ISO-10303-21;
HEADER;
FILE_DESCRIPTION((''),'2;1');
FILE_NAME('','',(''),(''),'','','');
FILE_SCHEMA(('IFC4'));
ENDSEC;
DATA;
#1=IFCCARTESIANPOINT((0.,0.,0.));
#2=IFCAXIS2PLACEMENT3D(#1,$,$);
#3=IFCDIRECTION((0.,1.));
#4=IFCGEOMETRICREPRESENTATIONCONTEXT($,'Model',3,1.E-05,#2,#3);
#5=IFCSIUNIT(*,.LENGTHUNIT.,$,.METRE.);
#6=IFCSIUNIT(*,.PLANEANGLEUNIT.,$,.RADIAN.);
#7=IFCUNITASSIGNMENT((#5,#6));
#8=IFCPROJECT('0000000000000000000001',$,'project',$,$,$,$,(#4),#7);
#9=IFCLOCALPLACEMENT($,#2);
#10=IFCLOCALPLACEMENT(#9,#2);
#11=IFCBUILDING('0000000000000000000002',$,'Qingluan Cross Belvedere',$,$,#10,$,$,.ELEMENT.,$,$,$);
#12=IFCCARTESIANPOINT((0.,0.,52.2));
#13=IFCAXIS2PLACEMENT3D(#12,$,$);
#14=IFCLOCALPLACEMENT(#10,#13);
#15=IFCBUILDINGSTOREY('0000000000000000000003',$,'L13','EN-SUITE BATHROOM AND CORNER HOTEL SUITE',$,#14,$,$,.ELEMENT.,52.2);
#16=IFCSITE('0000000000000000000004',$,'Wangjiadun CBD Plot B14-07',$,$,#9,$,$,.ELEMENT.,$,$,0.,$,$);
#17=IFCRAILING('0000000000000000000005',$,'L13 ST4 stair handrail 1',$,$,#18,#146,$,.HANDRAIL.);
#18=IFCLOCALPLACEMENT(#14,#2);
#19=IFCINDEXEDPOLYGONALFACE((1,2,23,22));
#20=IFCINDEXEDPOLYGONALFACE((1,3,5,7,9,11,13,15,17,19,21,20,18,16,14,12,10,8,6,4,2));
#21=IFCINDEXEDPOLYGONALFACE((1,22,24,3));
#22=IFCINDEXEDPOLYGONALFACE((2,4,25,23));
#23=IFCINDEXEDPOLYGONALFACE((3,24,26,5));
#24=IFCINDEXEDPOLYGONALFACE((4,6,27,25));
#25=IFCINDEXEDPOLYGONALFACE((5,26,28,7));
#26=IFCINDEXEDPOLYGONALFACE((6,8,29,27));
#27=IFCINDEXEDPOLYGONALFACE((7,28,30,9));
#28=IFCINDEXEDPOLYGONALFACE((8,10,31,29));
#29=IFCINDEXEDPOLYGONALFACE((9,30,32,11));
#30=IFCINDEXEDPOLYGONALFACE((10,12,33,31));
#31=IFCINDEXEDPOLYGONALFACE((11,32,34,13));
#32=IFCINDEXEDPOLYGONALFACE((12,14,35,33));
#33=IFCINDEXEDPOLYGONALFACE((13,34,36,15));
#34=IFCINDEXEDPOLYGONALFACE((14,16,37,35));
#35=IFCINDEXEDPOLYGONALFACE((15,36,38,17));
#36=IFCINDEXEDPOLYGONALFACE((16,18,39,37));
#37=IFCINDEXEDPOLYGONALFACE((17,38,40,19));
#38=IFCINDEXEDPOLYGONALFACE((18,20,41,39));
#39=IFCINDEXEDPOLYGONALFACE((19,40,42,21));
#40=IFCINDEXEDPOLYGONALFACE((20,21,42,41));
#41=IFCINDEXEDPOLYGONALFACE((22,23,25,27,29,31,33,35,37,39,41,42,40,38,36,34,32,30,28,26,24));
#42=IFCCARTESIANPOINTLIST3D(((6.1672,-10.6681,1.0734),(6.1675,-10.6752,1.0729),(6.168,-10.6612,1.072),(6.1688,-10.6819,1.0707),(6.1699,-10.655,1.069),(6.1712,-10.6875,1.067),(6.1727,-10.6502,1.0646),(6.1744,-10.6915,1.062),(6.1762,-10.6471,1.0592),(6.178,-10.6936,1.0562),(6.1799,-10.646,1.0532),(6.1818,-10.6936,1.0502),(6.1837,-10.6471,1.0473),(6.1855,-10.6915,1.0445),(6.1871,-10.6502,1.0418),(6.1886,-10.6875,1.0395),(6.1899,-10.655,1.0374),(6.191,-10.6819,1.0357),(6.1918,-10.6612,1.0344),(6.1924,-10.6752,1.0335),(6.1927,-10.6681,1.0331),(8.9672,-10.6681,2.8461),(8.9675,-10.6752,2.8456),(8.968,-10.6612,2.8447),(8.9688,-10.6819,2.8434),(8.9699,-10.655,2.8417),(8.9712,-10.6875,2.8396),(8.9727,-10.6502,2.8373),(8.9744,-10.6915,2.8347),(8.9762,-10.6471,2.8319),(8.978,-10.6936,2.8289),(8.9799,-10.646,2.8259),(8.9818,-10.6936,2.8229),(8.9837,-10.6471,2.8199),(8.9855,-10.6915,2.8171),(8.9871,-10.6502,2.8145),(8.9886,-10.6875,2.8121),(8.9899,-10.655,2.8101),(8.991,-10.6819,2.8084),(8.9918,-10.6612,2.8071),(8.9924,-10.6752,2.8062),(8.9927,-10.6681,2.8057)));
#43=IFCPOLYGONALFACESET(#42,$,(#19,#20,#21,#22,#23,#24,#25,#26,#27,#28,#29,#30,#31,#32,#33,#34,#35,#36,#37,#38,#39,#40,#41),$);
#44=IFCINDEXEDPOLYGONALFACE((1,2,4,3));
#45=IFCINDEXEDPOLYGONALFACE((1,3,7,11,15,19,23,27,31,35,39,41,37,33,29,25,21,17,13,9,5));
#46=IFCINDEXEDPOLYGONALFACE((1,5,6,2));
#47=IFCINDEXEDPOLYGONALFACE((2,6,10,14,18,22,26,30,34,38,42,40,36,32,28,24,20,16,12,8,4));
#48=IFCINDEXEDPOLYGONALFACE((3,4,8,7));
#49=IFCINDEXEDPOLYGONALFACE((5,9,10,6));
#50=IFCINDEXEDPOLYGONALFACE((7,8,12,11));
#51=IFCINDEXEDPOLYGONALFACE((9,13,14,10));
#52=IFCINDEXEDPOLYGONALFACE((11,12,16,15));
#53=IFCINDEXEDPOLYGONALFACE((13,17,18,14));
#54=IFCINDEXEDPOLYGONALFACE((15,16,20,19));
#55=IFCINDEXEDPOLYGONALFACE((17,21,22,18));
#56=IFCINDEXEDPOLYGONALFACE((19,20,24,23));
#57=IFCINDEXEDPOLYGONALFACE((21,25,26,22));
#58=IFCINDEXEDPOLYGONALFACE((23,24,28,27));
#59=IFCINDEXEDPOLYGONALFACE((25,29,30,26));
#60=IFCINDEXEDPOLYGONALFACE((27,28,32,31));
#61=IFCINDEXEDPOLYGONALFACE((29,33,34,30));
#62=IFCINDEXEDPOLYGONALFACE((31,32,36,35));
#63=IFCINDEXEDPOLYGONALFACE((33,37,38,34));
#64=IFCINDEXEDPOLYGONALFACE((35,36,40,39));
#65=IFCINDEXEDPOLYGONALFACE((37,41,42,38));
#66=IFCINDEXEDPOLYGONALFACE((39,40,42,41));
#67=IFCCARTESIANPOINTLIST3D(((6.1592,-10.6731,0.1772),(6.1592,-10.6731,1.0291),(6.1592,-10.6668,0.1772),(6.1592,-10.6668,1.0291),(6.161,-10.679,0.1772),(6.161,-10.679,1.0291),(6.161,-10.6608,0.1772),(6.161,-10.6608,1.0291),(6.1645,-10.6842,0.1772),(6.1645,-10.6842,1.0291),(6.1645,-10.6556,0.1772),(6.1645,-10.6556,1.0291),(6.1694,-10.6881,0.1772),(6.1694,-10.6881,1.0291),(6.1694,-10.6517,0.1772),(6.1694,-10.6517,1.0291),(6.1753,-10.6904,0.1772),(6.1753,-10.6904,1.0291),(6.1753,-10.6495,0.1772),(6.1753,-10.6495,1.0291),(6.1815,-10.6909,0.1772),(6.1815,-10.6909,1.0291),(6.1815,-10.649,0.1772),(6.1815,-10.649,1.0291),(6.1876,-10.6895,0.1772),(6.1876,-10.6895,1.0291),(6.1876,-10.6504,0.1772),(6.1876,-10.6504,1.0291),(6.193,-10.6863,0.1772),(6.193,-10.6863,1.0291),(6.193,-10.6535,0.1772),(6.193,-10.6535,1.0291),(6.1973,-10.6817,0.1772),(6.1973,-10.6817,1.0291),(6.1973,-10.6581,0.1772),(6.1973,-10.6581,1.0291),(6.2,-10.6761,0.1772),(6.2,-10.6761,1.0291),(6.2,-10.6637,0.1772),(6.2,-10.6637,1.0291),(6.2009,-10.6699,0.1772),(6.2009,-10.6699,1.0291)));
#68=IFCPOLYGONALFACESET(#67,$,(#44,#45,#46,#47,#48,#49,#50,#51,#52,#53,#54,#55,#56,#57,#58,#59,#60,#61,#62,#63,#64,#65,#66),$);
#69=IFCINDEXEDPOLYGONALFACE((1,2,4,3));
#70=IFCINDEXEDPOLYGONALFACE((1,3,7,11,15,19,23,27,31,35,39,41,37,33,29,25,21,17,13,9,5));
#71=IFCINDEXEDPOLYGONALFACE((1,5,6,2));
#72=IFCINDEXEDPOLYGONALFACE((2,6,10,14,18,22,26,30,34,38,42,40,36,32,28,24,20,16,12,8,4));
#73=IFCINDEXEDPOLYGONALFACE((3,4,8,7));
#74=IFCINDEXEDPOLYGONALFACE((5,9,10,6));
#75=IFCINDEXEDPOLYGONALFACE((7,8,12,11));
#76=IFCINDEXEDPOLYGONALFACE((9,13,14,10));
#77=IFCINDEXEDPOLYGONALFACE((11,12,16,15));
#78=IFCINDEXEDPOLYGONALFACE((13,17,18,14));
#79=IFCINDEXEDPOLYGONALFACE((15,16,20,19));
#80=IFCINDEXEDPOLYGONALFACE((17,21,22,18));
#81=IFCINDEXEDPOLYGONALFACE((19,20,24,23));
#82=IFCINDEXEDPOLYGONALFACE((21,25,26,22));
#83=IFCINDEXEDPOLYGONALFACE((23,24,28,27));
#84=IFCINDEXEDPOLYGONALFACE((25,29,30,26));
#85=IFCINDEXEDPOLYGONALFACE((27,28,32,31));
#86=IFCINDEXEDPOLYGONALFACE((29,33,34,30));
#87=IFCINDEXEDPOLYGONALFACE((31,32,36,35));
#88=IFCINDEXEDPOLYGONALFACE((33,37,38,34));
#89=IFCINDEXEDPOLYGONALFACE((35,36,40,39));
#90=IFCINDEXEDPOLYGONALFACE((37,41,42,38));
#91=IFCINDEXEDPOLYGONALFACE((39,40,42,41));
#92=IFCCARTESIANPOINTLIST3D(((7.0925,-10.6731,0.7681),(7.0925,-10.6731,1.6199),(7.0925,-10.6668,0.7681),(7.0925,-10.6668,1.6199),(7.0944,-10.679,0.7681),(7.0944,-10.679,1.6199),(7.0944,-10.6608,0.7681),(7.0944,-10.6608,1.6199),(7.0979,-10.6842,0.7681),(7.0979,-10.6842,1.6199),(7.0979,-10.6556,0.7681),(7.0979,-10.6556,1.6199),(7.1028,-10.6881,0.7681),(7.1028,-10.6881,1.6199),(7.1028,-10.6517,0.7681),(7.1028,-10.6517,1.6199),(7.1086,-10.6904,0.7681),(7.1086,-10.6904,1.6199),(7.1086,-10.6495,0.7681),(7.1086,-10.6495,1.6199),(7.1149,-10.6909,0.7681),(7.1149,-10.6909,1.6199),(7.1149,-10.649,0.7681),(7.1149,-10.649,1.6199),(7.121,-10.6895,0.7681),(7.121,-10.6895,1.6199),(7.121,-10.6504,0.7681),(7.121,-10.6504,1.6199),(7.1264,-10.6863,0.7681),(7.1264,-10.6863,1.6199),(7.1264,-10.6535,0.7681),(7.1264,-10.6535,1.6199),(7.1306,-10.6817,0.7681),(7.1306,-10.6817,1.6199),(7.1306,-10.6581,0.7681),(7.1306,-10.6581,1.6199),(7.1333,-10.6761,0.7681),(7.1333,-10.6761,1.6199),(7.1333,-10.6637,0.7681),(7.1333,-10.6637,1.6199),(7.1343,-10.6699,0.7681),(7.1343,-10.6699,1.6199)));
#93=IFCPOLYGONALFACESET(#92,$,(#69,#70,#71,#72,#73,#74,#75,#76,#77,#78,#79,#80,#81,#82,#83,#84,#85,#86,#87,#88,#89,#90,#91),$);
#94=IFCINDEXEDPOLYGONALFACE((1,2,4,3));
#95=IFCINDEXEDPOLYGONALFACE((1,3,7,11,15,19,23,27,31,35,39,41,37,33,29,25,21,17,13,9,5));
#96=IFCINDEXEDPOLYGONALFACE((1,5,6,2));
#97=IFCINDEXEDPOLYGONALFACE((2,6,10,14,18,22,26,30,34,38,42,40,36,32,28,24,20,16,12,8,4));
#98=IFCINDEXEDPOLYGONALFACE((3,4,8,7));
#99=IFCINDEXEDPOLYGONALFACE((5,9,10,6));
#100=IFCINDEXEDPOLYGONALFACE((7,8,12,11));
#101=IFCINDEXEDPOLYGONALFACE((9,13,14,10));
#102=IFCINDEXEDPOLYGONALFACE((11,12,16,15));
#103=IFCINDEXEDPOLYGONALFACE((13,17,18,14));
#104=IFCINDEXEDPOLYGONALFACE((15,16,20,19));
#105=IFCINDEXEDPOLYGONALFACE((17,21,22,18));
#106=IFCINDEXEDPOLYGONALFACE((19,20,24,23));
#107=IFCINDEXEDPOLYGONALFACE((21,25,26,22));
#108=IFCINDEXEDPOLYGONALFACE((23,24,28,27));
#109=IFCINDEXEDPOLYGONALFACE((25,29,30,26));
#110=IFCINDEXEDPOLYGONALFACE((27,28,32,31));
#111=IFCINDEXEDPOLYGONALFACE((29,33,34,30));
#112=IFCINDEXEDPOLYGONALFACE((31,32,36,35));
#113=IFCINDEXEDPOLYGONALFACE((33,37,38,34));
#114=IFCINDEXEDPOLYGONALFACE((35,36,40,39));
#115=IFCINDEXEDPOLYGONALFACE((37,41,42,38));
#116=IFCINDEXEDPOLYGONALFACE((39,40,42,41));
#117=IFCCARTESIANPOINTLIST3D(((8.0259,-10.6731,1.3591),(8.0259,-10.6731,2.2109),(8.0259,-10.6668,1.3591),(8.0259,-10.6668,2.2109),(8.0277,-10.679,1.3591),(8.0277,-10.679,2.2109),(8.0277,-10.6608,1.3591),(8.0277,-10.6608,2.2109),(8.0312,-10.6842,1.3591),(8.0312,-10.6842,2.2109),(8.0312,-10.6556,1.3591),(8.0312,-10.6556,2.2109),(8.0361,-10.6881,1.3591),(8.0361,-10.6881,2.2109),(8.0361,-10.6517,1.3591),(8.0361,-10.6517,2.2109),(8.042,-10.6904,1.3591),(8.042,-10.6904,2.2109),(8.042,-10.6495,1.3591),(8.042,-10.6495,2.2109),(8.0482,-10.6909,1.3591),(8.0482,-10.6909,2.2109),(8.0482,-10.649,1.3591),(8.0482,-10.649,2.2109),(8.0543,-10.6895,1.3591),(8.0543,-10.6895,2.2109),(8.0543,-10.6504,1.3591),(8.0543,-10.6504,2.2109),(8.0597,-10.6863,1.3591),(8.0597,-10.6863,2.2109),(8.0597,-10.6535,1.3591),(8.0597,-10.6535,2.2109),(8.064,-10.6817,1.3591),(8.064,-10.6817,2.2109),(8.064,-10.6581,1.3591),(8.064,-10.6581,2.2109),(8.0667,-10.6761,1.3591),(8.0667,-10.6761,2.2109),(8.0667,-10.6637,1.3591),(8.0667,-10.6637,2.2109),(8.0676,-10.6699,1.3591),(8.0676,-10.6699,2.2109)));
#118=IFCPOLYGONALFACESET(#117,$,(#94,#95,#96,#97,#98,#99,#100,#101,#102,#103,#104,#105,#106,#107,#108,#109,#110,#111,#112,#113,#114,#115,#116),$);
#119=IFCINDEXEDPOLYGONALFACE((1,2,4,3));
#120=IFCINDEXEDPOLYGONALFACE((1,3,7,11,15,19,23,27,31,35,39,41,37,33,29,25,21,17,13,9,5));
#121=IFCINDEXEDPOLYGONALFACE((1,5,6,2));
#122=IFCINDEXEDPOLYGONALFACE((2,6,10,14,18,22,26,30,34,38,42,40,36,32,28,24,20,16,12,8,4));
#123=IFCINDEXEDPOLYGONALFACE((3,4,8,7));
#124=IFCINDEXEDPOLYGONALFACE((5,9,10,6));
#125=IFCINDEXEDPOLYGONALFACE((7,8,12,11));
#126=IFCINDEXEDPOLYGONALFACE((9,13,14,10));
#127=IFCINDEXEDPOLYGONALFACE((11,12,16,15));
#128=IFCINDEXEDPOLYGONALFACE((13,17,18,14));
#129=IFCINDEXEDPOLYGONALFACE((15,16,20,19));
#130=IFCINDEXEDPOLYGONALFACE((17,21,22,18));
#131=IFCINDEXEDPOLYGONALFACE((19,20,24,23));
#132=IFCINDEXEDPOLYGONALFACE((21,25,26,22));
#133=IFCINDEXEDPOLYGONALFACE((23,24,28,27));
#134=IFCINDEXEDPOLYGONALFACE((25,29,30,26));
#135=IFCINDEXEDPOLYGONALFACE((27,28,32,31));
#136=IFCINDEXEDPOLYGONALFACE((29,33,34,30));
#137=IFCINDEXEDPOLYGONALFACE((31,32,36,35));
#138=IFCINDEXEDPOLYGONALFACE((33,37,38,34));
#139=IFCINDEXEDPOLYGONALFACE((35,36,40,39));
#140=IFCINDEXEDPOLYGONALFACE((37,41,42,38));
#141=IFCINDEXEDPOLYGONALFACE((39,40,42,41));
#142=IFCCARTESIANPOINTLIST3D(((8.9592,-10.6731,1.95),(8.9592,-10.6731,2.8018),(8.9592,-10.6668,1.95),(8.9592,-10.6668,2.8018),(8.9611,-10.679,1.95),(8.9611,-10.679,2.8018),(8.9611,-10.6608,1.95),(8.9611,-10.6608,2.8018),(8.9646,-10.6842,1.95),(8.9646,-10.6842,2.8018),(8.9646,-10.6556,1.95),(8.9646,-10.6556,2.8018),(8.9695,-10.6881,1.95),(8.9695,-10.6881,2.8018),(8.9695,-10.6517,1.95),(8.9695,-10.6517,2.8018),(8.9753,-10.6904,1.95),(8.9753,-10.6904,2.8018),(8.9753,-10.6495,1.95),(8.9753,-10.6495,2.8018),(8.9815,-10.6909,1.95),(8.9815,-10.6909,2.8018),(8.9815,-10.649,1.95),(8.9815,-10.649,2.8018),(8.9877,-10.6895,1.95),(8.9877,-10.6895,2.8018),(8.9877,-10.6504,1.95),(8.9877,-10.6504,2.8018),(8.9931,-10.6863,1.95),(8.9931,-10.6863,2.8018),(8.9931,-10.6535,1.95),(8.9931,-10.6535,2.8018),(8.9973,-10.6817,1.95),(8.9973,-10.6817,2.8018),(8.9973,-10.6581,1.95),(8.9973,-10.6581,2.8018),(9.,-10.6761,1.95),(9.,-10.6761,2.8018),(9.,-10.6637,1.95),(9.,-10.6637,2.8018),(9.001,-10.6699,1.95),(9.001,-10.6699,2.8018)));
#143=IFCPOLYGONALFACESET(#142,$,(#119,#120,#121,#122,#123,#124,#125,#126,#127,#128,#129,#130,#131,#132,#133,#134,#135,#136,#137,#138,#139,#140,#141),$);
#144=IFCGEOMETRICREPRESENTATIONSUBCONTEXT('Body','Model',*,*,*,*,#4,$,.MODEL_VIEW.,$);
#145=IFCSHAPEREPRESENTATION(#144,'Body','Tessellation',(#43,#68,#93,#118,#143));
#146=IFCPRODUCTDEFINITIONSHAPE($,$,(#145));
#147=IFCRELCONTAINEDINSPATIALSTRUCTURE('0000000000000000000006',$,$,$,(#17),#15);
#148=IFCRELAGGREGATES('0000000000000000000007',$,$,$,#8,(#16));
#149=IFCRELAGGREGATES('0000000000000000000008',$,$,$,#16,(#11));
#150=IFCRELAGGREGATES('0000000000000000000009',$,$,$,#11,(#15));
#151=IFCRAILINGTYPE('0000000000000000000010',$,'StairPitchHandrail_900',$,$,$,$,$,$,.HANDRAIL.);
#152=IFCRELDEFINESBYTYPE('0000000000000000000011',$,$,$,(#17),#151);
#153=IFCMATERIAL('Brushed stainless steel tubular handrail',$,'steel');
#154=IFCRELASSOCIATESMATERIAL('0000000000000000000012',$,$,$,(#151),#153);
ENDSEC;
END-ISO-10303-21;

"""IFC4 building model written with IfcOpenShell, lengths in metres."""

from ifc_helpers import new_model, si_unit, direction, frame, origin, origin_2d, place, context, subcontext, project, spatial, circle, extrude, material, type_object, element, save


model = new_model("IFC4")

# Units and contexts
model_context = context("Model", 3, precision=1e-05, world=origin(), true_north=direction((0.0, 1.0)))
body_context = subcontext(model_context, "Body", "Model", "MODEL_VIEW")
ifc_project = project(units=[si_unit("LENGTHUNIT", "METRE"), si_unit("PLANEANGLEUNIT", "RADIAN")], contexts=[model_context])

# Site, building, storey
site_placement = place(None, origin())
site = spatial("IfcSite", under=ifc_project, at=site_placement, Name="Wangjiadun CBD Plot B14-07", CompositionType="ELEMENT", RefElevation=0.0)
building_placement = place(site_placement, origin())
building = spatial("IfcBuilding", under=site, at=building_placement, Name="Qingluan Cross Belvedere", CompositionType="ELEMENT")
storey_placement = place(building_placement, frame((0.0, 0.0, 52.2)))
storey = spatial("IfcBuildingStorey", under=building, at=storey_placement, Name="L13", Description="EN-SUITE BATHROOM AND CORNER HOTEL SUITE", CompositionType="ELEMENT", Elevation=52.2)

# Railing
ifc_material_1 = material(Name="Brushed stainless steel tubular handrail", Category="steel")
railing_type_1 = type_object("IfcRailingType", Name="StairPitchHandrail_900", PredefinedType="HANDRAIL", material=ifc_material_1)
for number, where, name in (
    (1, (6.1799, -10.6699, 0.1772), "L13 ST4 stair handrail 1"),
):
    element("IfcRailing", number, at=place(storey_placement, frame(where)), inside=storey, type_object=railing_type_1, Name=name, PredefinedType="HANDRAIL", context=body_context, shape_type="SweptSolid", body=[
        extrude(circle(Radius=0.0239, at=origin_2d()), frame((0.0, 0.0, 0.876), z_axis=(0.844909, 0.0, 0.53491), x_axis=(0.0, 1.0, 0.0)), (0.0, 0.0, 1.0), 3.314),
        extrude(circle(Radius=0.021, at=origin_2d()), origin(), (0.0, 0.0, 1.0), 0.8518),
        extrude(circle(Radius=0.021, at=origin_2d()), frame((0.9333, 0.0, 0.5908)), (0.0, 0.0, 1.0), 0.8518),
        extrude(circle(Radius=0.021, at=origin_2d()), frame((1.8667, 0.0, 1.1819)), (0.0, 0.0, 1.0), 0.8518),
        extrude(circle(Radius=0.021, at=origin_2d()), frame((2.8, 0.0, 1.7727)), (0.0, 0.0, 1.0), 0.8518),
    ])

save(model, "model.ifc")
